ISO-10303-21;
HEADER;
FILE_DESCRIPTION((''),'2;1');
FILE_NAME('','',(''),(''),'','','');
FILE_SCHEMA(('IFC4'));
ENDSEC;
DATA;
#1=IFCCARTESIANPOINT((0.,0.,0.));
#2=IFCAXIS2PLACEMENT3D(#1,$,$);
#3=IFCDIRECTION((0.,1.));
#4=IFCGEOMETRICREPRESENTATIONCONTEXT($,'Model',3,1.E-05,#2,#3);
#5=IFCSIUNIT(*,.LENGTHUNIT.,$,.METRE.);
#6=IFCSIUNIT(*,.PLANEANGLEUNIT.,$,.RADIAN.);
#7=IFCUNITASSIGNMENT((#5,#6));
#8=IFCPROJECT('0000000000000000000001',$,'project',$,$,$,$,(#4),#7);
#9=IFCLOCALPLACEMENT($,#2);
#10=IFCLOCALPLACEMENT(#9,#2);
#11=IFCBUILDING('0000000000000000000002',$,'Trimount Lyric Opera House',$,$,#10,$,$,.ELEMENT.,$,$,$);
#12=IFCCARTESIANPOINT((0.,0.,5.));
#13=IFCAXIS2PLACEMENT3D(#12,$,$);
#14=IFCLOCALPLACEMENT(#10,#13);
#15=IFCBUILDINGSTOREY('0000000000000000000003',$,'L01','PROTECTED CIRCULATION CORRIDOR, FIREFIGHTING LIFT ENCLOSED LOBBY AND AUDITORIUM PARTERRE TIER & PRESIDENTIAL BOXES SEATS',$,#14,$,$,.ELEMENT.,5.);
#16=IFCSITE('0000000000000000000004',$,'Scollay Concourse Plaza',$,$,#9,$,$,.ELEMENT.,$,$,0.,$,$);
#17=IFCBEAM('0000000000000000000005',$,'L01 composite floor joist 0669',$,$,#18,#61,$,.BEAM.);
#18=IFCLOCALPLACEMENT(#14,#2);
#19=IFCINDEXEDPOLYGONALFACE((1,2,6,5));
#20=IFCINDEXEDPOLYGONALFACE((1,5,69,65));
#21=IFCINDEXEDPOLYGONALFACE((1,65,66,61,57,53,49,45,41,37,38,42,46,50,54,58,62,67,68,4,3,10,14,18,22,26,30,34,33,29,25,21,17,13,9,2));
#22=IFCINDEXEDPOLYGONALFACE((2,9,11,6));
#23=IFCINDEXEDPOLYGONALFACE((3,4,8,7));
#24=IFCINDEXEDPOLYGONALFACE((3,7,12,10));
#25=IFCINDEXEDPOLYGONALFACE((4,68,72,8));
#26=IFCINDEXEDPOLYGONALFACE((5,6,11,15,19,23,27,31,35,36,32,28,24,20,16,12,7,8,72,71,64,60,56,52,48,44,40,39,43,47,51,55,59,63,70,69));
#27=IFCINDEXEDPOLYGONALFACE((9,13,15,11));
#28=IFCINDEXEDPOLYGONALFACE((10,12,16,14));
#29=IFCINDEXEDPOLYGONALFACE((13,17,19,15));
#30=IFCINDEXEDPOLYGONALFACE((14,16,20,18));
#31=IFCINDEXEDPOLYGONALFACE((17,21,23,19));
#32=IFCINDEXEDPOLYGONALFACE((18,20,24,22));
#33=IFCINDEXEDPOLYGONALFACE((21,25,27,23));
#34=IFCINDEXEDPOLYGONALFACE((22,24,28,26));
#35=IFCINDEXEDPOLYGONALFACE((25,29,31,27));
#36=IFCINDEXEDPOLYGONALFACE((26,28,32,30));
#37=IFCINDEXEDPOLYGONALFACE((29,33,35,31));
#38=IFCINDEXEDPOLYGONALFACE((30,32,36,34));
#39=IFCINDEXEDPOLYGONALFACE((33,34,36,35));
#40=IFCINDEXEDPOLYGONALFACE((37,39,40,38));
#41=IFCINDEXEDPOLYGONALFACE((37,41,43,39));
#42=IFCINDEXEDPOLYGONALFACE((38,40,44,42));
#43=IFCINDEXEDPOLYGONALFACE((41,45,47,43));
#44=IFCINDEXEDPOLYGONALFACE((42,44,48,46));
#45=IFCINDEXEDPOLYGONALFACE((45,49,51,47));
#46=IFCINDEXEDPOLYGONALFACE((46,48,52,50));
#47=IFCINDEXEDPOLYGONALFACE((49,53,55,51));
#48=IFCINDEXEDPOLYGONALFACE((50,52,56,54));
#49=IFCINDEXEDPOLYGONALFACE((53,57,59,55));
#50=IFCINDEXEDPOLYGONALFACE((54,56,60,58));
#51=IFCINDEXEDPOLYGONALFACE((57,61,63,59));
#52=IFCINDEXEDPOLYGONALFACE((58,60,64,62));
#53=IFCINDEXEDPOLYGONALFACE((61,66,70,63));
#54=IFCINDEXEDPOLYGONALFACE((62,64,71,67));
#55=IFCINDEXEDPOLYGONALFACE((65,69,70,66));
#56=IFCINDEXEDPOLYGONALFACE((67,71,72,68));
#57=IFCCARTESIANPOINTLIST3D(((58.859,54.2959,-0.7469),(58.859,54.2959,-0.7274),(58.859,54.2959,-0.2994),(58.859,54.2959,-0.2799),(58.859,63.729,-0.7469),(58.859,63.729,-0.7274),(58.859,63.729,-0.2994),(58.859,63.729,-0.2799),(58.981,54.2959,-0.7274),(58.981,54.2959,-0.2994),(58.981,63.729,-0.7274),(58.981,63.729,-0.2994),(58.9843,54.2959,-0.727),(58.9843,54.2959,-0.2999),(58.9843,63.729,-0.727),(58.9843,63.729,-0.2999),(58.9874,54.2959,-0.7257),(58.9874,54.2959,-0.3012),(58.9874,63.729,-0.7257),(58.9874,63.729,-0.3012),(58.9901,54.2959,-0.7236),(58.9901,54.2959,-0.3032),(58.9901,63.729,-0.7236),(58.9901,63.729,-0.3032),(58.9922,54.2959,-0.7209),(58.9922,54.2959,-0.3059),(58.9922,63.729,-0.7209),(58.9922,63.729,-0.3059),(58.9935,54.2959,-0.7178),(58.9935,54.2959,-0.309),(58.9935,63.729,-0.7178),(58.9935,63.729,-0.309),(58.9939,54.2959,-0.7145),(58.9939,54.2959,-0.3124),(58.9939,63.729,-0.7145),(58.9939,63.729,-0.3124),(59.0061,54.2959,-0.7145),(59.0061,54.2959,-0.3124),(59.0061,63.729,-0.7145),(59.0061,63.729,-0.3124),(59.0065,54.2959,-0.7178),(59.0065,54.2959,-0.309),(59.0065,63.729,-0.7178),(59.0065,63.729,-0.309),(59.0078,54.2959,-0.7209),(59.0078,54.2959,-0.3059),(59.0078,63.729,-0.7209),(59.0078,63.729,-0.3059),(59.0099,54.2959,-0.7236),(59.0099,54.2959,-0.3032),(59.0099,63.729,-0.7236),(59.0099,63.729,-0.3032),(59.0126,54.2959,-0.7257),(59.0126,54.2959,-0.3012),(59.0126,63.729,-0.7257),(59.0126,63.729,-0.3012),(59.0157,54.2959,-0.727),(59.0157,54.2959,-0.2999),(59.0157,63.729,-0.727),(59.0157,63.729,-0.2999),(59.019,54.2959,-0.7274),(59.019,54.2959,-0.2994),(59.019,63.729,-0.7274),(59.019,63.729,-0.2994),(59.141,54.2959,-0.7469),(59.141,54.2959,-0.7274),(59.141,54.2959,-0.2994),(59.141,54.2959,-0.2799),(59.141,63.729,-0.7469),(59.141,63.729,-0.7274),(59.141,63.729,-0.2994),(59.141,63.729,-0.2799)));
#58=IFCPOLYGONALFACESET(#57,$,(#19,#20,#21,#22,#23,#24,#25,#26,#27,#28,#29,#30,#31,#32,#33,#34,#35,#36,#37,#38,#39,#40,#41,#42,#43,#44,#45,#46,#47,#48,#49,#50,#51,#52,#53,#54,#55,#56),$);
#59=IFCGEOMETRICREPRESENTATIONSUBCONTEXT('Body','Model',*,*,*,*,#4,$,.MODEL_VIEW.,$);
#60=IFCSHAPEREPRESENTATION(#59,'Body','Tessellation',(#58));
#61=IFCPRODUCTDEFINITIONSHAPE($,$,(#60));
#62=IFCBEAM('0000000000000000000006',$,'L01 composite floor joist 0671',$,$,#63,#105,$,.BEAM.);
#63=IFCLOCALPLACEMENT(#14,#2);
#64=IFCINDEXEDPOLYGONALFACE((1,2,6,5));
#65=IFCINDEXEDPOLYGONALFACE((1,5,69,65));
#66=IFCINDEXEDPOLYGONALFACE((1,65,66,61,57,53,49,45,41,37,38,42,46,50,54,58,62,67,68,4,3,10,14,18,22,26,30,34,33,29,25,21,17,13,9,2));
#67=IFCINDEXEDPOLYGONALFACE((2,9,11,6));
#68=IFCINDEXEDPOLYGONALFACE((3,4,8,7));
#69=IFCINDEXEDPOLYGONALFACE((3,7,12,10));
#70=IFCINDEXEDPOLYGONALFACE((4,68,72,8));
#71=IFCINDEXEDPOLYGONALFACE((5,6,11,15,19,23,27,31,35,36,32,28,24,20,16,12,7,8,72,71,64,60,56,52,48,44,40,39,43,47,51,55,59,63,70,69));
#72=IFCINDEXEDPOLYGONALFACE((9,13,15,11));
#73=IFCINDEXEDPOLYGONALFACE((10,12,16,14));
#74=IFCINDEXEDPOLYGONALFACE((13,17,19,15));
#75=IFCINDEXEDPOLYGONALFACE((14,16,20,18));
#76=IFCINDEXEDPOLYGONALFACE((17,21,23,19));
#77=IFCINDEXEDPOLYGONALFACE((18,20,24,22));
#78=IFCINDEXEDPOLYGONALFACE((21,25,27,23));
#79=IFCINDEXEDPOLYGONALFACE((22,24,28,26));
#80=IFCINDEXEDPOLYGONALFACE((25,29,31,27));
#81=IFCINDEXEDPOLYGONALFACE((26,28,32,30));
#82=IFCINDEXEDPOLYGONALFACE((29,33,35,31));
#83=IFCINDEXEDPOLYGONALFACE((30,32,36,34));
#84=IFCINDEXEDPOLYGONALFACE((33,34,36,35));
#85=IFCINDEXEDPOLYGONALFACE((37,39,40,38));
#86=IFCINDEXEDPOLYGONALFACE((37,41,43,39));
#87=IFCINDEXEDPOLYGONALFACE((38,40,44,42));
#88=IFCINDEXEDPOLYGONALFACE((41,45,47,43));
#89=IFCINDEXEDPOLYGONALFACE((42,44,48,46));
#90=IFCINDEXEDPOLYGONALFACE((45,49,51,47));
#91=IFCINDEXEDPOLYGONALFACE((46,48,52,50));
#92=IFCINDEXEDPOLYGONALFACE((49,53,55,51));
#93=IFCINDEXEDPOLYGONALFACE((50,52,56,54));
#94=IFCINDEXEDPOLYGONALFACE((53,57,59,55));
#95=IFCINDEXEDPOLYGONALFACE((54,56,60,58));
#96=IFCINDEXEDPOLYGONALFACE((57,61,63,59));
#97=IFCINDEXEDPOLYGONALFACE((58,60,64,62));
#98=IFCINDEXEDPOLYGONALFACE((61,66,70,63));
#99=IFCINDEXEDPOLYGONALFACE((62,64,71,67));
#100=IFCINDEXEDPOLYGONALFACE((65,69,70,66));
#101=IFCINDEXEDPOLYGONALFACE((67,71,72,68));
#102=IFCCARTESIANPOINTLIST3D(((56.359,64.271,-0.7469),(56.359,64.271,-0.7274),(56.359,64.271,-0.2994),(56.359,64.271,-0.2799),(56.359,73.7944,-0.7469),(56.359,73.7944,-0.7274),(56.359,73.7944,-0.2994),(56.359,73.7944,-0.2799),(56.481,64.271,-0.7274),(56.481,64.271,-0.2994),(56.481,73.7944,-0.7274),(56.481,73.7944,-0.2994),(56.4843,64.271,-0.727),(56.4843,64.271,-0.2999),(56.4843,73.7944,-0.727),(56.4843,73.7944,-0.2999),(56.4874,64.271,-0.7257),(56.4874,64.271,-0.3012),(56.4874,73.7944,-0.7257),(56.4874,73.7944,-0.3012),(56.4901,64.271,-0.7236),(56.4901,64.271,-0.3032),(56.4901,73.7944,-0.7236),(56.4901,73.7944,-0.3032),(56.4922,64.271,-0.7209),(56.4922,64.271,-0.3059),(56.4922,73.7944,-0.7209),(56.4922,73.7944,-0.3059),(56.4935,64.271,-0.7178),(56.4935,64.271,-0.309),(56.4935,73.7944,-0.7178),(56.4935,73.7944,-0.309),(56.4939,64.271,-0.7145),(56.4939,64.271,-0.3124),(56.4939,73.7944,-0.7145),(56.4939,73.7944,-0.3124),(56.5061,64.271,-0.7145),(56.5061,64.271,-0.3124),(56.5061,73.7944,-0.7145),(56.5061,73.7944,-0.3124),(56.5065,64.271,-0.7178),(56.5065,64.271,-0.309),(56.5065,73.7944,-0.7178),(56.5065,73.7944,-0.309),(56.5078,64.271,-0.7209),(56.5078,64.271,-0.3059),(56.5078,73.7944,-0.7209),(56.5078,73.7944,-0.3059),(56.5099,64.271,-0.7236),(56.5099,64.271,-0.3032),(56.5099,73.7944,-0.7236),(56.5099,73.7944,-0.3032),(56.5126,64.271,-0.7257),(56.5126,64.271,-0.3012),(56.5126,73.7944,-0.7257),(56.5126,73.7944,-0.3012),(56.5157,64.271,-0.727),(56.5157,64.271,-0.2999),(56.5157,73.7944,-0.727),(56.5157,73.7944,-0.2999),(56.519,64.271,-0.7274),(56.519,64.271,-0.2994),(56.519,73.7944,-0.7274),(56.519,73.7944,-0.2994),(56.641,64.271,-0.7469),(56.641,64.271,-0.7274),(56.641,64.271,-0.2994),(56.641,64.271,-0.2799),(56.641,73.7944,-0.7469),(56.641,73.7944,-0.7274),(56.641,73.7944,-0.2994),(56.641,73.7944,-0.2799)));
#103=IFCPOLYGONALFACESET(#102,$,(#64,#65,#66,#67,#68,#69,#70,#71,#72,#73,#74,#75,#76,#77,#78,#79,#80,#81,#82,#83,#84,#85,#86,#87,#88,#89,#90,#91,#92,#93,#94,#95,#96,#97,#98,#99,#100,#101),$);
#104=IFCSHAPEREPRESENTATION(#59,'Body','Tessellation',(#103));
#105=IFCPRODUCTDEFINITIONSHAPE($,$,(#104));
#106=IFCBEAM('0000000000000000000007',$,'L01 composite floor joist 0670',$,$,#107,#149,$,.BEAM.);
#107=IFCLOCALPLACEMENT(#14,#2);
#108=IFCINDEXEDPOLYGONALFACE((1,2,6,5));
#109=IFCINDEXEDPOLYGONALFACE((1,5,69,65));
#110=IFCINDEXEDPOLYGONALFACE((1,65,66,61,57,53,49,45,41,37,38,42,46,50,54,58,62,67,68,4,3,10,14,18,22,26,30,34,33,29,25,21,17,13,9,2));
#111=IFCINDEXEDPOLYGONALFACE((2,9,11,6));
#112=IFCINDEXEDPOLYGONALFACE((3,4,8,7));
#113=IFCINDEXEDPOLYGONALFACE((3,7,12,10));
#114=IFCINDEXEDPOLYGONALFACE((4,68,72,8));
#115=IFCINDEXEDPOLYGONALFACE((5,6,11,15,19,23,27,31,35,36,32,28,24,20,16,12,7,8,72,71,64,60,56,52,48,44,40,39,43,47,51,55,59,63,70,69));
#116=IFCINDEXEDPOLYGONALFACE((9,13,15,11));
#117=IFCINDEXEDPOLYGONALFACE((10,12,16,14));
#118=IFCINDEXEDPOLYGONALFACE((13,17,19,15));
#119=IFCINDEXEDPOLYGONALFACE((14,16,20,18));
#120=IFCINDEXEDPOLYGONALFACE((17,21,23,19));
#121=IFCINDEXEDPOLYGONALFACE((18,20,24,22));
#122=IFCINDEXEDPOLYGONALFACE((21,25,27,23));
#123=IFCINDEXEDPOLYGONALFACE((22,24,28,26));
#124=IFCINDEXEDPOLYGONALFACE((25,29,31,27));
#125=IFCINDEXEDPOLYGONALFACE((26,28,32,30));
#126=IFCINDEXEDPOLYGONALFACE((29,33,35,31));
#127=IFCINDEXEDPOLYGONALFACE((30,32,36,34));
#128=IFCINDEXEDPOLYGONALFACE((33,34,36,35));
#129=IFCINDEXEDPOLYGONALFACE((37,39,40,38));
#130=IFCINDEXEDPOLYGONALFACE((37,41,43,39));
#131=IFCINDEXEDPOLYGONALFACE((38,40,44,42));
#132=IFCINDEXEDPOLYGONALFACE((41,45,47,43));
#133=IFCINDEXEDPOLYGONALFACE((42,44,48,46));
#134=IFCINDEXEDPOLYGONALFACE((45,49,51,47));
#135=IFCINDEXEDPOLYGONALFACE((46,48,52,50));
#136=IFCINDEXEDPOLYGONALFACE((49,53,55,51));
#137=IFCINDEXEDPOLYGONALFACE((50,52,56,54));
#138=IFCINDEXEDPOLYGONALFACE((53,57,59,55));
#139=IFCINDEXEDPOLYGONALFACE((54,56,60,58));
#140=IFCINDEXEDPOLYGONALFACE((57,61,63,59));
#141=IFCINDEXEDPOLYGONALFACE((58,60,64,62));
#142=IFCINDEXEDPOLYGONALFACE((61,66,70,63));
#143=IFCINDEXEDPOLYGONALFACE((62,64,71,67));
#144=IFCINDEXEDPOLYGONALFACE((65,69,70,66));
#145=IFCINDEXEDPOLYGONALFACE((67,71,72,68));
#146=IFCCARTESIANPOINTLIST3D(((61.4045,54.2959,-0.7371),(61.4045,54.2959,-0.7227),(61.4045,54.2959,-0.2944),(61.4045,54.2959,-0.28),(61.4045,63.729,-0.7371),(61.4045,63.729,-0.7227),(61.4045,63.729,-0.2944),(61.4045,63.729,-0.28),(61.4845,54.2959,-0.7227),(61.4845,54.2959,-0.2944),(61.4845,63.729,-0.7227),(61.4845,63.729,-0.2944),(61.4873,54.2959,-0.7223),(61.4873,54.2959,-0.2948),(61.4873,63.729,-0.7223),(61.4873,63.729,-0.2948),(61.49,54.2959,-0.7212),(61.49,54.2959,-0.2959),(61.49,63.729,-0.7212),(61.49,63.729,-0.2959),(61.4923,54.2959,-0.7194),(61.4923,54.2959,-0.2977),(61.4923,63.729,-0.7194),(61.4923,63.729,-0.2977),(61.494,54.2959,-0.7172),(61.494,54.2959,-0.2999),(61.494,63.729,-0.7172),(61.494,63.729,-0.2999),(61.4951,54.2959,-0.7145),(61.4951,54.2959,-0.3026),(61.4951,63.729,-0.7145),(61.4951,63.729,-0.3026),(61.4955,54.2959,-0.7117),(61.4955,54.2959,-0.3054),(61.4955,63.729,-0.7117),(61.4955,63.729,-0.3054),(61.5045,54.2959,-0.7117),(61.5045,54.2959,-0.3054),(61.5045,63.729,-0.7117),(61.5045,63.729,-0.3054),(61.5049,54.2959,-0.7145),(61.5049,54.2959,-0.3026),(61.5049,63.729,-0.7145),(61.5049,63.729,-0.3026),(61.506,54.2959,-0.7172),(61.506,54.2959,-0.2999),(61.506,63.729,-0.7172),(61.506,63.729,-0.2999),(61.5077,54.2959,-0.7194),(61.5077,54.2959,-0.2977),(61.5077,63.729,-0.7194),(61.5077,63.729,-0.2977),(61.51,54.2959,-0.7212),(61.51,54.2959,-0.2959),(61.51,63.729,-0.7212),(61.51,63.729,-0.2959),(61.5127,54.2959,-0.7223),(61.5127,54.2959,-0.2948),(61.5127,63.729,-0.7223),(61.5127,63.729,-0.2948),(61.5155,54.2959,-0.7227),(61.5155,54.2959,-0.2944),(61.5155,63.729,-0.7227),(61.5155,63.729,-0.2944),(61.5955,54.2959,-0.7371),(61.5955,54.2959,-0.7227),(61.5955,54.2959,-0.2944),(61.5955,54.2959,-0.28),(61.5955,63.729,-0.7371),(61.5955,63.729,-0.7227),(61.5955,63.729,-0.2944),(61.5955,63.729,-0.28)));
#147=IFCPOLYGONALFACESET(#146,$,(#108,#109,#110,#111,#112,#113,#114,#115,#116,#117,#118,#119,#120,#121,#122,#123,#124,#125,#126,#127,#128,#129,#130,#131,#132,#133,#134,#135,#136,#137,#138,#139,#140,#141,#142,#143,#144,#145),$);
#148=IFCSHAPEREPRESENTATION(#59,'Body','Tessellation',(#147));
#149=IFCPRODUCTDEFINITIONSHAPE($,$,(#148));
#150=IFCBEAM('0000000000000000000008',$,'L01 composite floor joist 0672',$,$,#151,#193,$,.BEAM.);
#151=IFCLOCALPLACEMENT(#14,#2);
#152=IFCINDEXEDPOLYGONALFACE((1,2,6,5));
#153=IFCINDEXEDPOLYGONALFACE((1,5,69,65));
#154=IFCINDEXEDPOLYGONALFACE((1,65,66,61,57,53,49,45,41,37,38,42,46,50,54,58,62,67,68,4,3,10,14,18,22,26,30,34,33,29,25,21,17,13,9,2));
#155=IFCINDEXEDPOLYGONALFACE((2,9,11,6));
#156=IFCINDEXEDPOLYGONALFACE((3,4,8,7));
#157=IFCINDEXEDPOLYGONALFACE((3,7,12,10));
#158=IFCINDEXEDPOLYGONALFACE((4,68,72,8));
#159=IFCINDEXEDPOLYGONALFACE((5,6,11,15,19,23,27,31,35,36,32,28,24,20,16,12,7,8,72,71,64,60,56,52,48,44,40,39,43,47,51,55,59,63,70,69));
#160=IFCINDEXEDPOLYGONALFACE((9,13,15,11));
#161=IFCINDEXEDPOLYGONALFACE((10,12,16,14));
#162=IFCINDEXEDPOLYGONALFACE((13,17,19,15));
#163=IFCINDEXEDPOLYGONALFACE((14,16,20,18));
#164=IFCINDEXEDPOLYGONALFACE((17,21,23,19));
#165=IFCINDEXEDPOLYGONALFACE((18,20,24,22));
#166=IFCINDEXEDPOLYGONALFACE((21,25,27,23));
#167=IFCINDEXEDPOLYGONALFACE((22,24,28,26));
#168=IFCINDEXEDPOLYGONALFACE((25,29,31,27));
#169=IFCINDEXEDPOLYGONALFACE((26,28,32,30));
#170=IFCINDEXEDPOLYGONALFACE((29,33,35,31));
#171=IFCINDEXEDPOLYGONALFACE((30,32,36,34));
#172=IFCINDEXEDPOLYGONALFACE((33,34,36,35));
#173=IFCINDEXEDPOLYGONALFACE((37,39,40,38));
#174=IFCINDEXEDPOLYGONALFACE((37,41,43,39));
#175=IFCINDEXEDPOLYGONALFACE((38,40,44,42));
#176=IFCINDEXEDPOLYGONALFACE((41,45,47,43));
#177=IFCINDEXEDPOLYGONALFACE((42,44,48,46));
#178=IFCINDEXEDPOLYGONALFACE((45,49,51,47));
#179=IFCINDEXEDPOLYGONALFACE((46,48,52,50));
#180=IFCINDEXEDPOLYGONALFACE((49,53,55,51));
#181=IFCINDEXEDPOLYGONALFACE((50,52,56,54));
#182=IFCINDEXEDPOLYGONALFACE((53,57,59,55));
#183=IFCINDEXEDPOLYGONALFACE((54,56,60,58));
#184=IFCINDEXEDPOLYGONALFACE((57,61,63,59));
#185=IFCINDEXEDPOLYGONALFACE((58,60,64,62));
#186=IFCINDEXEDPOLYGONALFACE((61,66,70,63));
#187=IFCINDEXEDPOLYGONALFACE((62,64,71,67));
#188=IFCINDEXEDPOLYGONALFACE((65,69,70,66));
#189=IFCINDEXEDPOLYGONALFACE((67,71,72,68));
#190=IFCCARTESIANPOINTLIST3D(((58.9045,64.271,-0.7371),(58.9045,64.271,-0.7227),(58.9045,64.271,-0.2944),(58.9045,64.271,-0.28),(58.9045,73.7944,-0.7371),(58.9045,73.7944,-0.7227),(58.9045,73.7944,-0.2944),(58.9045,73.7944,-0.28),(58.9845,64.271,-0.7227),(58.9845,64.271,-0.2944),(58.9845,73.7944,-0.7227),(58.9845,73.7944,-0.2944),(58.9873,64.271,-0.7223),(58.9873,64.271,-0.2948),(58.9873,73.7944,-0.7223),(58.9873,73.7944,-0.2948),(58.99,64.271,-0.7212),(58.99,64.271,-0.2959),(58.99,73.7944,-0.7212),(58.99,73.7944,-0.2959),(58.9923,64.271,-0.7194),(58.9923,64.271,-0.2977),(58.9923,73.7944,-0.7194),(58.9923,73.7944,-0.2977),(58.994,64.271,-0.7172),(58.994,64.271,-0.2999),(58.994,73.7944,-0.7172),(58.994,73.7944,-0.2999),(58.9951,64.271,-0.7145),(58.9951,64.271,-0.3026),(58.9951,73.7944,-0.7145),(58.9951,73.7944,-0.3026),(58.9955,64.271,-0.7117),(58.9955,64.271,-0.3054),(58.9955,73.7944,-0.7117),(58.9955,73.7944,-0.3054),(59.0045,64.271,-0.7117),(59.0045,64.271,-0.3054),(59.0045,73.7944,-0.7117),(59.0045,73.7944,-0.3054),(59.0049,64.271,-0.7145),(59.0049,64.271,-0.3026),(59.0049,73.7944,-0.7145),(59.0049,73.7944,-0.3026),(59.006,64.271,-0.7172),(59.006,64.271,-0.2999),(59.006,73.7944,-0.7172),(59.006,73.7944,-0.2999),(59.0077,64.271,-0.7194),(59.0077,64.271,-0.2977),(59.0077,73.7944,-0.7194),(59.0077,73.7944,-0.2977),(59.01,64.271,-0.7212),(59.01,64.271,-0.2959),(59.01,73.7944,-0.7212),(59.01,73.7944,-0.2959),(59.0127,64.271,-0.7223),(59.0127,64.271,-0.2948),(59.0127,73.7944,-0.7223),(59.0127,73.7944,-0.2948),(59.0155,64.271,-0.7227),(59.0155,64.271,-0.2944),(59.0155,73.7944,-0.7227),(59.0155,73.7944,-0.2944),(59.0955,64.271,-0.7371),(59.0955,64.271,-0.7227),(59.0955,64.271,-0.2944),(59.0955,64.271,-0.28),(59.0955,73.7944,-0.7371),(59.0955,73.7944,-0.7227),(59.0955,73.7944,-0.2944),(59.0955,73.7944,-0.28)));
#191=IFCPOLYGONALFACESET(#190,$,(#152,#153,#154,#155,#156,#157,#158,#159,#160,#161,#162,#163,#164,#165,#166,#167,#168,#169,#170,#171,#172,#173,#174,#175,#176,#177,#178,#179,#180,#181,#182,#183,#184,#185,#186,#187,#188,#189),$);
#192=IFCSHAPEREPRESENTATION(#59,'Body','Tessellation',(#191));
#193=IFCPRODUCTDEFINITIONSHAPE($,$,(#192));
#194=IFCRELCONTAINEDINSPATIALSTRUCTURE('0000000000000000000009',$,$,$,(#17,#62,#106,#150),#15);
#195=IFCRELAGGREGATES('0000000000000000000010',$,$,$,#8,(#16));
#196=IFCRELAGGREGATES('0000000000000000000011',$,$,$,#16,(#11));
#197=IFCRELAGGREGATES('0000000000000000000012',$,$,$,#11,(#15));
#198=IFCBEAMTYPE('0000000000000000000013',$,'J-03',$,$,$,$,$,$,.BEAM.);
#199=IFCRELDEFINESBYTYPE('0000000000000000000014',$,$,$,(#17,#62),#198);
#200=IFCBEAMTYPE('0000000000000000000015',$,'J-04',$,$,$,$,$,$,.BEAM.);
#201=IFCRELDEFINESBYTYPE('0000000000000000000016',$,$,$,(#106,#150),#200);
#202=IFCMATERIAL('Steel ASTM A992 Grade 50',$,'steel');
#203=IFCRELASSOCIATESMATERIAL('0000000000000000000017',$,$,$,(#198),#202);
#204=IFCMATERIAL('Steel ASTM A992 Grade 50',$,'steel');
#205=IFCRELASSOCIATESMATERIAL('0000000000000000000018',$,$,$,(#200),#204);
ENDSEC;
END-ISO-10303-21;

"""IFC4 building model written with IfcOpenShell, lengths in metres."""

from ifc_helpers import new_model, si_unit, direction, frame, origin, origin_2d, place, context, subcontext, project, spatial, i_section, extrude, material, material_profile, profile_set, type_object, element, save


model = new_model("IFC4")

# Units and contexts
model_context = context("Model", 3, precision=1e-05, world=origin(), true_north=direction((0.0, 1.0)))
body_context = subcontext(model_context, "Body", "Model", "MODEL_VIEW")
ifc_project = project(units=[si_unit("LENGTHUNIT", "METRE"), si_unit("PLANEANGLEUNIT", "RADIAN")], contexts=[model_context])

# Site, building, storey
site_placement = place(None, origin())
site = spatial("IfcSite", under=ifc_project, at=site_placement, Name="Scollay Concourse Plaza", CompositionType="ELEMENT", RefElevation=0.0)
building_placement = place(site_placement, origin())
building = spatial("IfcBuilding", under=site, at=building_placement, Name="Trimount Lyric Opera House", CompositionType="ELEMENT")
storey_placement = place(building_placement, frame((0.0, 0.0, 5.0)))
storey = spatial("IfcBuildingStorey", under=building, at=storey_placement, Name="L01", Description="PROTECTED CIRCULATION CORRIDOR, FIREFIGHTING LIFT ENCLOSED LOBBY AND AUDITORIUM PARTERRE TIER & PRESIDENTIAL BOXES SEATS", CompositionType="ELEMENT", Elevation=5.0)

# Beams
ifc_material_1 = material(Name="Steel ASTM A992 Grade 50", Category="steel")
ifc_material_profile_1 = material_profile(ifc_material_1, i_section(OverallWidth=0.282, OverallDepth=0.467, WebThickness=0.0122, FlangeThickness=0.0195, FilletRadius=0.0129, at=origin_2d()), Name="W18X86")
ifc_profile_set_1 = profile_set([ifc_material_profile_1], Name="Steel ASTM A992 Grade 50")
beam_type_1 = type_object("IfcBeamType", Name="J-03", PredefinedType="BEAM", material=ifc_profile_set_1)
beam_1_placement = place(storey_placement, frame((59.0, 54.2959, -0.5134), z_axis=(0.0, 1.0, 0.0), x_axis=(-1.0, 0.0, 0.0)))
element("IfcBeam", 1, at=beam_1_placement, inside=storey, type_object=beam_type_1, Name="L01 composite floor joist 0669", PredefinedType="BEAM", context=body_context, shape_type="SweptSolid", body=[
    extrude(i_section(OverallWidth=0.282, OverallDepth=0.467, WebThickness=0.0122, FlangeThickness=0.0195, FilletRadius=0.0129, at=origin_2d()), origin(), (0.0, 0.0, 1.0), 9.4331),
])
beam_2_placement = place(storey_placement, frame((56.5, 64.271, -0.5134), z_axis=(0.0, 1.0, 0.0), x_axis=(-1.0, 0.0, 0.0)))
element("IfcBeam", 2, at=beam_2_placement, inside=storey, type_object=beam_type_1, Name="L01 composite floor joist 0671", PredefinedType="BEAM", context=body_context, shape_type="SweptSolid", body=[
    extrude(i_section(OverallWidth=0.282, OverallDepth=0.467, WebThickness=0.0122, FlangeThickness=0.0195, FilletRadius=0.0129, at=origin_2d()), origin(), (0.0, 0.0, 1.0), 9.5234),
])
ifc_material_2 = material(Name="Steel ASTM A992 Grade 50", Category="steel")
ifc_material_profile_2 = material_profile(ifc_material_2, i_section(OverallWidth=0.1909, OverallDepth=0.457, WebThickness=0.009, FlangeThickness=0.0144, FilletRadius=0.011, at=origin_2d()), Name="W18X50")
ifc_profile_set_2 = profile_set([ifc_material_profile_2], Name="Steel ASTM A992 Grade 50")
beam_type_2 = type_object("IfcBeamType", Name="J-04", PredefinedType="BEAM", material=ifc_profile_set_2)
beam_3_placement = place(storey_placement, frame((61.5, 54.2959, -0.5085), z_axis=(0.0, 1.0, 0.0), x_axis=(-1.0, 0.0, 0.0)))
element("IfcBeam", 3, at=beam_3_placement, inside=storey, type_object=beam_type_2, Name="L01 composite floor joist 0670", PredefinedType="BEAM", context=body_context, shape_type="SweptSolid", body=[
    extrude(i_section(OverallWidth=0.1909, OverallDepth=0.457, WebThickness=0.009, FlangeThickness=0.0144, FilletRadius=0.011, at=origin_2d()), origin(), (0.0, 0.0, 1.0), 9.4331),
])
beam_4_placement = place(storey_placement, frame((59.0, 64.271, -0.5085), z_axis=(0.0, 1.0, 0.0), x_axis=(-1.0, 0.0, 0.0)))
element("IfcBeam", 4, at=beam_4_placement, inside=storey, type_object=beam_type_2, Name="L01 composite floor joist 0672", PredefinedType="BEAM", context=body_context, shape_type="SweptSolid", body=[
    extrude(i_section(OverallWidth=0.1909, OverallDepth=0.457, WebThickness=0.009, FlangeThickness=0.0144, FilletRadius=0.011, at=origin_2d()), origin(), (0.0, 0.0, 1.0), 9.5234),
])

save(model, "model.ifc")
